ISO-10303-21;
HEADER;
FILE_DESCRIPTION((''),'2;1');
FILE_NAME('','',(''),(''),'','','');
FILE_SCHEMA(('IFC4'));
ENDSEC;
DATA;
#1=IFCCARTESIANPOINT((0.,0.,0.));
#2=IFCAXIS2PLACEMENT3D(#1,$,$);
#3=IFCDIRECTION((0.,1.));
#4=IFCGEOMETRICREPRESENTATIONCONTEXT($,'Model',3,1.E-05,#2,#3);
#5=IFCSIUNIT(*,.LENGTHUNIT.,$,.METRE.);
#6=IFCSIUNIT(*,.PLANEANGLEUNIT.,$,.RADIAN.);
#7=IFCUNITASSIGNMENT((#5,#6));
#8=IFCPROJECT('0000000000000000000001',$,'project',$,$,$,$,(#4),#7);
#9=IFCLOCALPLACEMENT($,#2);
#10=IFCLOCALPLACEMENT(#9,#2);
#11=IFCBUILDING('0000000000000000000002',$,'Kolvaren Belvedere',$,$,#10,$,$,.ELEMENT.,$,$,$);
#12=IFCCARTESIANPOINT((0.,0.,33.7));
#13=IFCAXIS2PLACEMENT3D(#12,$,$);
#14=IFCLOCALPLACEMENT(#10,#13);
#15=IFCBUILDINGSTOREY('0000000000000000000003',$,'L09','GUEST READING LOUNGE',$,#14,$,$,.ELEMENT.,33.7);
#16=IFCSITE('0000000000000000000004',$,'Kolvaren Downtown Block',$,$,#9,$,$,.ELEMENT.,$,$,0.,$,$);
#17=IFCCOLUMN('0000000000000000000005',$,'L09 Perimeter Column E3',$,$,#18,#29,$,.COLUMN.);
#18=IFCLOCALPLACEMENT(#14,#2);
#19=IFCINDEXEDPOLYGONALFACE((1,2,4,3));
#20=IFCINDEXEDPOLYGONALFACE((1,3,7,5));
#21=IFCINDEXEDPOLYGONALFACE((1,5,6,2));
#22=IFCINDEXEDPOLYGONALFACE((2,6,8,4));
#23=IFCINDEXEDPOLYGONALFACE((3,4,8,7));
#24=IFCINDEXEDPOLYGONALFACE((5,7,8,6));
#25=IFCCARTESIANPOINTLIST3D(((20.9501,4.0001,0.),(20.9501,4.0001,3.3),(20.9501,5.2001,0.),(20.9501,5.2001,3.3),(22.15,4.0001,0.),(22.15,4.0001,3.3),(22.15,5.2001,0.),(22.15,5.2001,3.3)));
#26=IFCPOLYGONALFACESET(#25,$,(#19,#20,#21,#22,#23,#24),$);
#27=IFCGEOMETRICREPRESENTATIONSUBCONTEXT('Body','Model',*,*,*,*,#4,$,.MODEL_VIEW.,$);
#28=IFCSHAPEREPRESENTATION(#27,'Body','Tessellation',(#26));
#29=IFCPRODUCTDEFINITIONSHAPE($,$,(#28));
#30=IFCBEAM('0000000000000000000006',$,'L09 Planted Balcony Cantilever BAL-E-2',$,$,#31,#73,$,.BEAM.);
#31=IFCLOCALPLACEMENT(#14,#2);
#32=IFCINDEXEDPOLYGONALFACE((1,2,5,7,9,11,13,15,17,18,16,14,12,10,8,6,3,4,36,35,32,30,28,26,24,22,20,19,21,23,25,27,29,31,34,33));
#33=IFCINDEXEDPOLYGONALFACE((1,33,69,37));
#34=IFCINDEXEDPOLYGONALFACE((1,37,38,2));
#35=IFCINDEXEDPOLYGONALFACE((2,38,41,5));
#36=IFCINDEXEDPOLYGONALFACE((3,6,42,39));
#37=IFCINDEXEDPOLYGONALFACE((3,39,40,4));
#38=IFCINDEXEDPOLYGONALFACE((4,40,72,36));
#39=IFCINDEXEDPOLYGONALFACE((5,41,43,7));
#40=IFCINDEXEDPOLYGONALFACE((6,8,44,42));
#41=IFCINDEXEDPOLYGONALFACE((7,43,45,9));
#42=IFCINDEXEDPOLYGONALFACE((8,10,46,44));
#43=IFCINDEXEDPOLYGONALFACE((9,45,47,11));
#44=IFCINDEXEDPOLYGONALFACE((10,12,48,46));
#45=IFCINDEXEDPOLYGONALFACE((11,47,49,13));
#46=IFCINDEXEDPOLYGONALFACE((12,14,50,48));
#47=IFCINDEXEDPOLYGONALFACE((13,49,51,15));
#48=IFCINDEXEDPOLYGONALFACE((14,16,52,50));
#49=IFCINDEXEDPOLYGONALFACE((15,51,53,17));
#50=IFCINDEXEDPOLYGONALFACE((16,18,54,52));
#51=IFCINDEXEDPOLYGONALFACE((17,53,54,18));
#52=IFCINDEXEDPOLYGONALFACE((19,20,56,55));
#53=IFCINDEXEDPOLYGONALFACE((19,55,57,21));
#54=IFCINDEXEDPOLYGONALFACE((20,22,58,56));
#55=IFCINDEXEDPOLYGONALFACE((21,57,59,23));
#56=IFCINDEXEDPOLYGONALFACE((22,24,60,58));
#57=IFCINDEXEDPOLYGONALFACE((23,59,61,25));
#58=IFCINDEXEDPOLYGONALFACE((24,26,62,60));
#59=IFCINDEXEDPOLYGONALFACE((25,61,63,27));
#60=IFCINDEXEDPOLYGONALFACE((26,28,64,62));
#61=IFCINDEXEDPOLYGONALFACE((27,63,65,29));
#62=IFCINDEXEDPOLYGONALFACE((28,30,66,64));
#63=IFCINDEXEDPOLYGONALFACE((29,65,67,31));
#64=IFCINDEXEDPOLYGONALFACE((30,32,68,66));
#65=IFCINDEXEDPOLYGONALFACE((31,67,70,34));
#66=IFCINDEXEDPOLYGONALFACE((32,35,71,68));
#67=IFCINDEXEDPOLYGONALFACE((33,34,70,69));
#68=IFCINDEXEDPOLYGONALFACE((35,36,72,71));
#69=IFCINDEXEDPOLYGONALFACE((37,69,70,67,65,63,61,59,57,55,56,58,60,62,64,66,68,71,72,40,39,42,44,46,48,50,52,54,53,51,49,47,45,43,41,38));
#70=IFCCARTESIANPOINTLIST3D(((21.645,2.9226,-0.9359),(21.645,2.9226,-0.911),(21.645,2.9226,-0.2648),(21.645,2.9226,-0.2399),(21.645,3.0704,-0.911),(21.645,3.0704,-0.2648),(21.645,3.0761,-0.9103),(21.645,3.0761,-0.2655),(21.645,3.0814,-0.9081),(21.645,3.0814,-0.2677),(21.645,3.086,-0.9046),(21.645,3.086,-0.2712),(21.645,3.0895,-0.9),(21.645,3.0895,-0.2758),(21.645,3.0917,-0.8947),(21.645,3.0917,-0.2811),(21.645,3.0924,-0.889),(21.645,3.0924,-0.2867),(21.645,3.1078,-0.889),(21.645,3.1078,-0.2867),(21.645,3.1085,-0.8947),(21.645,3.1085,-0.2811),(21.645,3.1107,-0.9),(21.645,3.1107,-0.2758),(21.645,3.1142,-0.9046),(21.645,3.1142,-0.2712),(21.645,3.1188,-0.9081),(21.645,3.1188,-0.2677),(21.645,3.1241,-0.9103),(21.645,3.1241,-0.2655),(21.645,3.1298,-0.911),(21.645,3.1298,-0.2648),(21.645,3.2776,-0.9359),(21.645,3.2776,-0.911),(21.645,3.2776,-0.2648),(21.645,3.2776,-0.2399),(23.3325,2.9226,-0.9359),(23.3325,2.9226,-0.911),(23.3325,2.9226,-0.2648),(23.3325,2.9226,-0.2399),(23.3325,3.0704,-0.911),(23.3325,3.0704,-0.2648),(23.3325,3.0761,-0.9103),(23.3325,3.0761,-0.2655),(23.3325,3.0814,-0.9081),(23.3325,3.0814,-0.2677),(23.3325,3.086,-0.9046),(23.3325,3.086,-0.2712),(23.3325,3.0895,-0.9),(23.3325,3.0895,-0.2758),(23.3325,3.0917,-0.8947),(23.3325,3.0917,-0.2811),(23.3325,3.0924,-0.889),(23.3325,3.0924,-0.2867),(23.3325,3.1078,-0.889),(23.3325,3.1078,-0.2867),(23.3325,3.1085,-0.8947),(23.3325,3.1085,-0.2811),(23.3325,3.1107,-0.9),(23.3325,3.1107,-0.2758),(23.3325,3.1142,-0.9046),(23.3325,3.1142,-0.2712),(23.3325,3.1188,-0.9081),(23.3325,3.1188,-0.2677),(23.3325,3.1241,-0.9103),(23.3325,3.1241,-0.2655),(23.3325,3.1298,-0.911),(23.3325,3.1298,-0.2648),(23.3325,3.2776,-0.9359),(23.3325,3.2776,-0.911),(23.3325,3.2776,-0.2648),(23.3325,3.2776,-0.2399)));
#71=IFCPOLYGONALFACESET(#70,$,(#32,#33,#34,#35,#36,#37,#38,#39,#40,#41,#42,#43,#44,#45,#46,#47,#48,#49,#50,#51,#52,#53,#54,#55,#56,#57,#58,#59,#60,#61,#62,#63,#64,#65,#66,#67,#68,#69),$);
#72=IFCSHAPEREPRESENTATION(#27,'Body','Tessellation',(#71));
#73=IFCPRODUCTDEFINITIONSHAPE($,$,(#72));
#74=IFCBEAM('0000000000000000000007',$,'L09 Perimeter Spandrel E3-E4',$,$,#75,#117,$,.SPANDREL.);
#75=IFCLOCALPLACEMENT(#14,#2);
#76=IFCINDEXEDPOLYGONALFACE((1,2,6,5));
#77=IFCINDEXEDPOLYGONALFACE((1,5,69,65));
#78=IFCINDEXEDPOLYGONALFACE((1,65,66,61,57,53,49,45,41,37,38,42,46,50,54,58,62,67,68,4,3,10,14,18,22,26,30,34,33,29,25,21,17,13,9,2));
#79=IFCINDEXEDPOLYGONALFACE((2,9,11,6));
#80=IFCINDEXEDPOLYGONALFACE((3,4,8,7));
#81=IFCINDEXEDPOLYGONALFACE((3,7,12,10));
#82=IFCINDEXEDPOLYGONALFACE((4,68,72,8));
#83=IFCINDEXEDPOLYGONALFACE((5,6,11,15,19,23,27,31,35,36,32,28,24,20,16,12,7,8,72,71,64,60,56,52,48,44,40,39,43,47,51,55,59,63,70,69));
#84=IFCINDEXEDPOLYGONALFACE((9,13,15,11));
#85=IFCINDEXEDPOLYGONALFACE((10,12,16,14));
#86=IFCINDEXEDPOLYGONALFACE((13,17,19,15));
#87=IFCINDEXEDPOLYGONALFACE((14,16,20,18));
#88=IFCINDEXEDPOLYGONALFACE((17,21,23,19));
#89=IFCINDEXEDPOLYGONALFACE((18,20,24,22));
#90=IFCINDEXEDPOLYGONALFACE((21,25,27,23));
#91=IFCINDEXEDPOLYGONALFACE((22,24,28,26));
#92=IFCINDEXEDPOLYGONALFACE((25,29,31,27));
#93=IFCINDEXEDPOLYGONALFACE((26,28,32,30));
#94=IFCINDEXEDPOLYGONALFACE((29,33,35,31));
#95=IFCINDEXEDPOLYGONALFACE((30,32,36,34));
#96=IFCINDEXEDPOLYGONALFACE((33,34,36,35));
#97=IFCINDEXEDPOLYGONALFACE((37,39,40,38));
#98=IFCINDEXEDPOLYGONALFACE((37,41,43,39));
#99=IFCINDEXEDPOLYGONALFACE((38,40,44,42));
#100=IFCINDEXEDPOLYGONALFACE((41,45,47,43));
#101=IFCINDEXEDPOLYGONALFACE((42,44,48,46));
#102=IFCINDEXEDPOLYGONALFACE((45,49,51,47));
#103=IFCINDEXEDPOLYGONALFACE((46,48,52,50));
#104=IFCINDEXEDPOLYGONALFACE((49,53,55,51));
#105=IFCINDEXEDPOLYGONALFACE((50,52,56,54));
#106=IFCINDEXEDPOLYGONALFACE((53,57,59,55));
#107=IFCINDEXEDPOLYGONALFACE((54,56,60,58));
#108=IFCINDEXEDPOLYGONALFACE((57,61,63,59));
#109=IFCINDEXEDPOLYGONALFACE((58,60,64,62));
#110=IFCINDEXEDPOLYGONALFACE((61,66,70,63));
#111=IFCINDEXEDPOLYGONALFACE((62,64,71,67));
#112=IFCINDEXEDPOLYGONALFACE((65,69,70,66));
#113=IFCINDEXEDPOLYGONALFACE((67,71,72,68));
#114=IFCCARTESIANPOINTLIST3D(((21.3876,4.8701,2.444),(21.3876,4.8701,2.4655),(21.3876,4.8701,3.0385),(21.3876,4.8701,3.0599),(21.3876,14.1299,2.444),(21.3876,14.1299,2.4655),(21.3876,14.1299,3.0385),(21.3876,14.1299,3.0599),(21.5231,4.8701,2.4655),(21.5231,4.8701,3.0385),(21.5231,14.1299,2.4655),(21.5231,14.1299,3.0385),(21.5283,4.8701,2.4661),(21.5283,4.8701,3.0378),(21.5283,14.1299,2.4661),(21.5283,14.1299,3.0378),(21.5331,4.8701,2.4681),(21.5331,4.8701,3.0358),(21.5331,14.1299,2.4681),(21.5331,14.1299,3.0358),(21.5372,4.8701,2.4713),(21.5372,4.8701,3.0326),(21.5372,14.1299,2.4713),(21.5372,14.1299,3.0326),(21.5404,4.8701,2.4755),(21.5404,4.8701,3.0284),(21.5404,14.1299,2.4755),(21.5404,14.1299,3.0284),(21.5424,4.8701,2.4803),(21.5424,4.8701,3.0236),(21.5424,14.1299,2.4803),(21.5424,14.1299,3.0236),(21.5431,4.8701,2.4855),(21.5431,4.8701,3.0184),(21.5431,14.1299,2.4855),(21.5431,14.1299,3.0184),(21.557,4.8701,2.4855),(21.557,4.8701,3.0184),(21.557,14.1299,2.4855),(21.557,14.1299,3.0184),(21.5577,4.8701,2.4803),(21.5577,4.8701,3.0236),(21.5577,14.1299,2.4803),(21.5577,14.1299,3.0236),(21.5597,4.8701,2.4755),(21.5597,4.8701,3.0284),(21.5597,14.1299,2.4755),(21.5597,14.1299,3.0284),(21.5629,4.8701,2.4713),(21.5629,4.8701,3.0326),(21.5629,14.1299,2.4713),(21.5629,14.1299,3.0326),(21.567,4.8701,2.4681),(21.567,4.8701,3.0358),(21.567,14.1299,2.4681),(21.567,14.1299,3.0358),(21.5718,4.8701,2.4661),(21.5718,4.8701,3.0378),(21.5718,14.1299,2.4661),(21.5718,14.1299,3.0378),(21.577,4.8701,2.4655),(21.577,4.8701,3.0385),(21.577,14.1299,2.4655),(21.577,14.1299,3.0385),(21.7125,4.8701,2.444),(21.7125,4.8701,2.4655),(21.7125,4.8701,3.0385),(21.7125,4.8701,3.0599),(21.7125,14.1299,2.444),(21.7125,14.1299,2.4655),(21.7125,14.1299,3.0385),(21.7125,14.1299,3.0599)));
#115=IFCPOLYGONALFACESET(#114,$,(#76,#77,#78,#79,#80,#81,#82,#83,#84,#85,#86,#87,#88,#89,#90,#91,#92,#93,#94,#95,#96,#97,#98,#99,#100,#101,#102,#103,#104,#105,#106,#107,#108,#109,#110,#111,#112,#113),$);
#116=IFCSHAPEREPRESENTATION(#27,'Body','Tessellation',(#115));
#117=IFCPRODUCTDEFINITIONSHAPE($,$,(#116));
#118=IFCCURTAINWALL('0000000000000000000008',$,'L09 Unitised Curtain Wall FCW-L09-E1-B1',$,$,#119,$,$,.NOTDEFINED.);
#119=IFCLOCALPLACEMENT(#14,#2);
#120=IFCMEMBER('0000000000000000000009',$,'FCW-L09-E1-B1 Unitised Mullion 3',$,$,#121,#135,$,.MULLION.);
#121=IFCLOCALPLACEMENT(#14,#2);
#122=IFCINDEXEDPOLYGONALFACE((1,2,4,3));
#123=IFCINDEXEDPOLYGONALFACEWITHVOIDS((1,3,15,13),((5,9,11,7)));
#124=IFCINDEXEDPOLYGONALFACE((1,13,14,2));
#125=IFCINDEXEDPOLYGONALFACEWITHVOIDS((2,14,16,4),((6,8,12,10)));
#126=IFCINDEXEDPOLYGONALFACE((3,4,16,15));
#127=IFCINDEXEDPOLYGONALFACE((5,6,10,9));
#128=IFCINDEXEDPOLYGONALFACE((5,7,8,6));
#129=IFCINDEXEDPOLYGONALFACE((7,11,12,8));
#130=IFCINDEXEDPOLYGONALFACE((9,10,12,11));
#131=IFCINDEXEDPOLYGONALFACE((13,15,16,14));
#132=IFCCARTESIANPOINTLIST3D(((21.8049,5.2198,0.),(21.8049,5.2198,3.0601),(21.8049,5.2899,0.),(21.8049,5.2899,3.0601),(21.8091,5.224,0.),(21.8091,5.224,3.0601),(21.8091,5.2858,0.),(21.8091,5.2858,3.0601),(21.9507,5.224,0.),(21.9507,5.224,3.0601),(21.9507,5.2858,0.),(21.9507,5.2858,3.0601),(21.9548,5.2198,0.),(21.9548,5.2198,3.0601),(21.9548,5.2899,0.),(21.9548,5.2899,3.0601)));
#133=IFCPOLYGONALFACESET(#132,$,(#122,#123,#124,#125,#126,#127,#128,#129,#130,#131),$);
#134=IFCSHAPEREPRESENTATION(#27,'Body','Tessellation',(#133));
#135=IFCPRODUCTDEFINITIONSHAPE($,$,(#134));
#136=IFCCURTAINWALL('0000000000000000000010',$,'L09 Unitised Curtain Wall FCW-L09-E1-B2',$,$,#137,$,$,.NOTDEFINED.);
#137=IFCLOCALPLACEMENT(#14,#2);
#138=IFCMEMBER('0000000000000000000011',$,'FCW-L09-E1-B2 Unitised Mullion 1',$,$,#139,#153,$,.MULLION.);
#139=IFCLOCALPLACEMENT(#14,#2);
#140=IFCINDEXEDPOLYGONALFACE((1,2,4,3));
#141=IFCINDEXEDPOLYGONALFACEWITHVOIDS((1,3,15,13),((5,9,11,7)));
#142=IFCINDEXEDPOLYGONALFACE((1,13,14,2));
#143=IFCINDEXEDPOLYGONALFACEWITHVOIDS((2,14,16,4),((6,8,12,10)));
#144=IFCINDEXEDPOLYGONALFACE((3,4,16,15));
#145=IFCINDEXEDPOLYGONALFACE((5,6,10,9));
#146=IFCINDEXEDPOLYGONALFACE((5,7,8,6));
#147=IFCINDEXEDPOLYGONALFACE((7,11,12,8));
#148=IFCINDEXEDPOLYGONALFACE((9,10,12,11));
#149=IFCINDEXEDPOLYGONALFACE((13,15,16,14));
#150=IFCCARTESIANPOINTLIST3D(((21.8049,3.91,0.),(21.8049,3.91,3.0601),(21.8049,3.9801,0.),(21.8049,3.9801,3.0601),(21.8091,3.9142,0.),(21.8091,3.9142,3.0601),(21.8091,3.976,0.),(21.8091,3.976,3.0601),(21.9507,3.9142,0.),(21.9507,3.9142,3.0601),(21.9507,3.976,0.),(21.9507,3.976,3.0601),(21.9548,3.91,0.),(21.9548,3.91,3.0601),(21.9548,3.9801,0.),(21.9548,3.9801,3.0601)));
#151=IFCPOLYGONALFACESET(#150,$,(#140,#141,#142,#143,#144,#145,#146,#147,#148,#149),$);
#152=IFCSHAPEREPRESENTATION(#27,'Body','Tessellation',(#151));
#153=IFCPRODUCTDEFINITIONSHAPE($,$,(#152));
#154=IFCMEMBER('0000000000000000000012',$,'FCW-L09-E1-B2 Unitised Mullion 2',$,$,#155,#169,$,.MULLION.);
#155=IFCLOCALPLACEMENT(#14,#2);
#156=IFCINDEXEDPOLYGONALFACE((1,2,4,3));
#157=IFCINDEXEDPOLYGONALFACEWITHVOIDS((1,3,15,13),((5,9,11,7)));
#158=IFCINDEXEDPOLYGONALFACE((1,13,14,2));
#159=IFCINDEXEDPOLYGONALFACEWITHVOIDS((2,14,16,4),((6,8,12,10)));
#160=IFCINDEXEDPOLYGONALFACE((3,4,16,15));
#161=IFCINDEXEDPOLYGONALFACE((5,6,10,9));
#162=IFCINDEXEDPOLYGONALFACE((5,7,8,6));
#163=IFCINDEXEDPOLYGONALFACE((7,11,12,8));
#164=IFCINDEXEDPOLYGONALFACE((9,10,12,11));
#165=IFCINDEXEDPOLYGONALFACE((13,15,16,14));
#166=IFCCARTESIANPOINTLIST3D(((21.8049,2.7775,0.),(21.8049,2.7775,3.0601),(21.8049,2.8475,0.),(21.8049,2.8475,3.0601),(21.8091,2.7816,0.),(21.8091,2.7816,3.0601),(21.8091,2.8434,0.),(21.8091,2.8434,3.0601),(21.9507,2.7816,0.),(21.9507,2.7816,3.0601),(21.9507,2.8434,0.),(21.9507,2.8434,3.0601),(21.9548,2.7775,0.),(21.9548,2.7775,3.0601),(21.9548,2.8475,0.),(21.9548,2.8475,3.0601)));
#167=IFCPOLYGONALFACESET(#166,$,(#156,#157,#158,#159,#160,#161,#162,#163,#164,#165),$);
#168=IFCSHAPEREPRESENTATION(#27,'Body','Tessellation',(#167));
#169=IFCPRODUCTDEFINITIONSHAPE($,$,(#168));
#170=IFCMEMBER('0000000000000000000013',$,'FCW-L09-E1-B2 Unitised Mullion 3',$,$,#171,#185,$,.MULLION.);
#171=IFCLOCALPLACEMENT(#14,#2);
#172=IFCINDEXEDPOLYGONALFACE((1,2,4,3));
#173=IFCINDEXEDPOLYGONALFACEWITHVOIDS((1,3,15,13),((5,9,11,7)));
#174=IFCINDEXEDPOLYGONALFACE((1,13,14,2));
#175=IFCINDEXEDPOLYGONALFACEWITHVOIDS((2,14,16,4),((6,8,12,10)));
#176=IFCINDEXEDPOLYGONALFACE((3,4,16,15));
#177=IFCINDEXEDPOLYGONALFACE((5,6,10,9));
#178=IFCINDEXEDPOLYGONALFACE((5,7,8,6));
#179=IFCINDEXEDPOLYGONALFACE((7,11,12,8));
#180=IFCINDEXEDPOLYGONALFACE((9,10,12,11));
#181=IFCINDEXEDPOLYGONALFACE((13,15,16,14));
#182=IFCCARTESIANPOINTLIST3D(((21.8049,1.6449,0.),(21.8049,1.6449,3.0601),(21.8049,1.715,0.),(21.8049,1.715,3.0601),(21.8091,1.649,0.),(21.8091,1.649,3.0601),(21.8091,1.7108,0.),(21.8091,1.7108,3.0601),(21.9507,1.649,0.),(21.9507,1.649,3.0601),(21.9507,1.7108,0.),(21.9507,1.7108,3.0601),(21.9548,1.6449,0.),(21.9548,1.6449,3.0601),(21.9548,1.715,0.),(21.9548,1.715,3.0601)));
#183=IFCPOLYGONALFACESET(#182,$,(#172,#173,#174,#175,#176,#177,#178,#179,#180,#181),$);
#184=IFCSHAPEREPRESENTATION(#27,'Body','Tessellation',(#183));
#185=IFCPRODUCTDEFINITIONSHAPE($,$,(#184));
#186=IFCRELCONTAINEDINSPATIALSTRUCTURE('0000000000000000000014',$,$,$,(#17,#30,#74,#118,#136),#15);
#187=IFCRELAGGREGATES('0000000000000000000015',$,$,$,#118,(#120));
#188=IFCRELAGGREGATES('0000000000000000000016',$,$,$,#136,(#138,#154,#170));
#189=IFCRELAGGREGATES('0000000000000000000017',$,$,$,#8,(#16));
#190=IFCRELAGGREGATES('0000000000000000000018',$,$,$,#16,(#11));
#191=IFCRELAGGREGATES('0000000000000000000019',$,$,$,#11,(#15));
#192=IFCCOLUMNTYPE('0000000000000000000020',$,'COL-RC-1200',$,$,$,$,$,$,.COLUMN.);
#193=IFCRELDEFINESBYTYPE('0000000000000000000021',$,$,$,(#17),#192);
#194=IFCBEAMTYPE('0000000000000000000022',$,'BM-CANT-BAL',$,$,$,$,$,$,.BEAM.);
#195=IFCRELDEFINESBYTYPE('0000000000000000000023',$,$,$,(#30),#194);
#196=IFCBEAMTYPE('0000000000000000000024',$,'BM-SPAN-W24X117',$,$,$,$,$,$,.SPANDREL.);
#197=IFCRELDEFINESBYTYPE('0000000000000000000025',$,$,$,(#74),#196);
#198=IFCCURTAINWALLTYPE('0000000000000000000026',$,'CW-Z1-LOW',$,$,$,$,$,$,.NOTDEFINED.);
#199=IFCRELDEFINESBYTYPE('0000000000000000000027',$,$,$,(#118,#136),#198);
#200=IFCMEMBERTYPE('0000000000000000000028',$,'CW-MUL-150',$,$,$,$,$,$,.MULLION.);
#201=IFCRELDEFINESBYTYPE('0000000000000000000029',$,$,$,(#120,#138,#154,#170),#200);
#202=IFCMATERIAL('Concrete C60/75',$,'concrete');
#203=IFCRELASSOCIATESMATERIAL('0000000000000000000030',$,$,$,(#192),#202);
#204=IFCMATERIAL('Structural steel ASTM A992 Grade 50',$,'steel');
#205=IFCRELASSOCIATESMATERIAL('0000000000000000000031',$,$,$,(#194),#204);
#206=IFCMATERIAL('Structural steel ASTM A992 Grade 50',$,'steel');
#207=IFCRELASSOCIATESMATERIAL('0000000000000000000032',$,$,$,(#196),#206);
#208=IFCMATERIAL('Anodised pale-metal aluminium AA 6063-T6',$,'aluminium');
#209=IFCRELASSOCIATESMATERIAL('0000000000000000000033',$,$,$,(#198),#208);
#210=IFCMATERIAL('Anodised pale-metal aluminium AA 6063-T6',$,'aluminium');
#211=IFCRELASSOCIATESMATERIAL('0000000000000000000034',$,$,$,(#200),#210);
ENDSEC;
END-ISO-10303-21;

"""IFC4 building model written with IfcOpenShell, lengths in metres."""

from ifc_helpers import new_model, si_unit, direction, frame, origin, origin_2d, place, context, subcontext, project, spatial, rectangle, hollow_rectangle, i_section, extrude, material, material_profile, profile_set, type_object, element, aggregate, save


model = new_model("IFC4")

# Units and contexts
model_context = context("Model", 3, precision=1e-05, world=origin(), true_north=direction((0.0, 1.0)))
body_context = subcontext(model_context, "Body", "Model", "MODEL_VIEW")
ifc_project = project(units=[si_unit("LENGTHUNIT", "METRE"), si_unit("PLANEANGLEUNIT", "RADIAN")], contexts=[model_context])

# Site, building, storey
site_placement = place(None, origin())
site = spatial("IfcSite", under=ifc_project, at=site_placement, Name="Kolvaren Downtown Block", CompositionType="ELEMENT", RefElevation=0.0)
building_placement = place(site_placement, origin())
building = spatial("IfcBuilding", under=site, at=building_placement, Name="Kolvaren Belvedere", CompositionType="ELEMENT")
storey_placement = place(building_placement, frame((0.0, 0.0, 33.7)))
storey = spatial("IfcBuildingStorey", under=building, at=storey_placement, Name="L09", Description="GUEST READING LOUNGE", CompositionType="ELEMENT", Elevation=33.7)

# Column
ifc_material_1 = material(Name="Concrete C60/75", Category="concrete")
ifc_material_profile_1 = material_profile(ifc_material_1, rectangle(XDim=1.2, YDim=1.2, at=origin_2d()), Name="RC 1200X1200")
ifc_profile_set_1 = profile_set([ifc_material_profile_1], Name="Concrete C60/75")
column_type = type_object("IfcColumnType", Name="COL-RC-1200", PredefinedType="COLUMN", material=ifc_profile_set_1)
column_placement = place(storey_placement, frame((21.55, 4.6001, 0.0), z_axis=(0.0, 0.0, 1.0), x_axis=(1.0, 0.0, 0.0)))
element("IfcColumn", 1, at=column_placement, inside=storey, type_object=column_type, Name="L09 Perimeter Column E3", PredefinedType="COLUMN", context=body_context, shape_type="SweptSolid", body=[
    extrude(rectangle(XDim=1.2, YDim=1.2, at=origin_2d()), origin(), (0.0, 0.0, 1.0), 3.3),
])

# Beams
ifc_material_2 = material(Name="Structural steel ASTM A992 Grade 50", Category="steel")
ifc_material_profile_2 = material_profile(ifc_material_2, i_section(OverallWidth=0.355, OverallDepth=0.696, WebThickness=0.0154, FlangeThickness=0.0249, FilletRadius=0.022, at=origin_2d()), Name="W27X146")
ifc_profile_set_2 = profile_set([ifc_material_profile_2], Name="Structural steel ASTM A992 Grade 50")
beam_type_1 = type_object("IfcBeamType", Name="BM-CANT-BAL", PredefinedType="BEAM", material=ifc_profile_set_2)
beam_1_placement = place(storey_placement, frame((21.645, 3.1001, -0.5879), z_axis=(1.0, 0.0, 0.0), x_axis=(0.0, 1.0, 0.0)))
element("IfcBeam", 2, at=beam_1_placement, inside=storey, type_object=beam_type_1, Name="L09 Planted Balcony Cantilever BAL-E-2", PredefinedType="BEAM", context=body_context, shape_type="SweptSolid", body=[
    extrude(i_section(OverallWidth=0.355, OverallDepth=0.696, WebThickness=0.0154, FlangeThickness=0.0249, FilletRadius=0.022, at=origin_2d()), origin(), (0.0, 0.0, 1.0), 1.6875),
])
ifc_material_3 = material(Name="Structural steel ASTM A992 Grade 50", Category="steel")
ifc_material_profile_3 = material_profile(ifc_material_3, i_section(OverallWidth=0.325, OverallDepth=0.616, WebThickness=0.0139, FlangeThickness=0.0215, FilletRadius=0.02, at=origin_2d()), Name="W24X117")
ifc_profile_set_3 = profile_set([ifc_material_profile_3], Name="Structural steel ASTM A992 Grade 50")
beam_type_2 = type_object("IfcBeamType", Name="BM-SPAN-W24X117", PredefinedType="SPANDREL", material=ifc_profile_set_3)
beam_2_placement = place(storey_placement, frame((21.55, 4.8701, 2.752), z_axis=(0.0, 1.0, 0.0), x_axis=(-1.0, 0.0, 0.0)))
element("IfcBeam", 3, at=beam_2_placement, inside=storey, type_object=beam_type_2, Name="L09 Perimeter Spandrel E3-E4", PredefinedType="SPANDREL", context=body_context, shape_type="SweptSolid", body=[
    extrude(i_section(OverallWidth=0.325, OverallDepth=0.616, WebThickness=0.0139, FlangeThickness=0.0215, FilletRadius=0.02, at=origin_2d()), origin(), (0.0, 0.0, 1.0), 9.2598),
])

# Curtain wall, member
ifc_material_4 = material(Name="Anodised pale-metal aluminium AA 6063-T6", Category="aluminium")
curtain_wall_type = type_object("IfcCurtainWallType", Name="CW-Z1-LOW", PredefinedType="NOTDEFINED", material=ifc_material_4)
curtain_wall_1_placement = place(storey_placement, origin())
curtain_wall_1 = element("IfcCurtainWall", 4, at=curtain_wall_1_placement, inside=storey, type_object=curtain_wall_type, Name="L09 Unitised Curtain Wall FCW-L09-E1-B1", PredefinedType="NOTDEFINED")
ifc_material_5 = material(Name="Anodised pale-metal aluminium AA 6063-T6", Category="aluminium")
ifc_material_profile_4 = material_profile(ifc_material_5, hollow_rectangle(XDim=0.0701, YDim=0.1499, WallThickness=0.0042, at=origin_2d()), Name="ALU-MUL-150X70")
ifc_profile_set_4 = profile_set([ifc_material_profile_4], Name="Anodised pale-metal aluminium AA 6063-T6")
member_type_1 = type_object("IfcMemberType", Name="CW-MUL-150", PredefinedType="MULLION", material=ifc_profile_set_4)
member_1_placement = place(storey_placement, frame((21.8799, 5.2549, 0.0), z_axis=(0.0, 0.0, 1.0), x_axis=(0.0, 1.0, 0.0)))
member_1 = element("IfcMember", 5, at=member_1_placement, type_object=member_type_1, Name="FCW-L09-E1-B1 Unitised Mullion 3", PredefinedType="MULLION", context=body_context, shape_type="SweptSolid", body=[
    extrude(hollow_rectangle(XDim=0.0701, YDim=0.1499, WallThickness=0.0042, at=origin_2d()), origin(), (0.0, 0.0, 1.0), 3.0601),
])

# Curtain wall, members
curtain_wall_2_placement = place(storey_placement, origin())
curtain_wall_2 = element("IfcCurtainWall", 6, at=curtain_wall_2_placement, inside=storey, type_object=curtain_wall_type, Name="L09 Unitised Curtain Wall FCW-L09-E1-B2", PredefinedType="NOTDEFINED")
member_2_placement = place(storey_placement, frame((21.8799, 3.9451, 0.0), z_axis=(0.0, 0.0, 1.0), x_axis=(0.0, 1.0, 0.0)))
member_2 = element("IfcMember", 7, at=member_2_placement, type_object=member_type_1, Name="FCW-L09-E1-B2 Unitised Mullion 1", PredefinedType="MULLION", context=body_context, shape_type="SweptSolid", body=[
    extrude(hollow_rectangle(XDim=0.0701, YDim=0.1499, WallThickness=0.0042, at=origin_2d()), origin(), (0.0, 0.0, 1.0), 3.0601),
])
member_3_placement = place(storey_placement, frame((21.8799, 2.8125, 0.0), z_axis=(0.0, 0.0, 1.0), x_axis=(0.0, 1.0, 0.0)))
member_3 = element("IfcMember", 8, at=member_3_placement, type_object=member_type_1, Name="FCW-L09-E1-B2 Unitised Mullion 2", PredefinedType="MULLION", context=body_context, shape_type="SweptSolid", body=[
    extrude(hollow_rectangle(XDim=0.0701, YDim=0.1499, WallThickness=0.0042, at=origin_2d()), origin(), (0.0, 0.0, 1.0), 3.0601),
])
member_4_placement = place(storey_placement, frame((21.8799, 1.6799, 0.0), z_axis=(0.0, 0.0, 1.0), x_axis=(0.0, 1.0, 0.0)))
member_4 = element("IfcMember", 9, at=member_4_placement, type_object=member_type_1, Name="FCW-L09-E1-B2 Unitised Mullion 3", PredefinedType="MULLION", context=body_context, shape_type="SweptSolid", body=[
    extrude(hollow_rectangle(XDim=0.0701, YDim=0.1499, WallThickness=0.0042, at=origin_2d()), origin(), (0.0, 0.0, 1.0), 3.0601),
])

aggregate(curtain_wall_1, [member_1])
aggregate(curtain_wall_2, [member_2, member_3, member_4])

save(model, "model.ifc")
